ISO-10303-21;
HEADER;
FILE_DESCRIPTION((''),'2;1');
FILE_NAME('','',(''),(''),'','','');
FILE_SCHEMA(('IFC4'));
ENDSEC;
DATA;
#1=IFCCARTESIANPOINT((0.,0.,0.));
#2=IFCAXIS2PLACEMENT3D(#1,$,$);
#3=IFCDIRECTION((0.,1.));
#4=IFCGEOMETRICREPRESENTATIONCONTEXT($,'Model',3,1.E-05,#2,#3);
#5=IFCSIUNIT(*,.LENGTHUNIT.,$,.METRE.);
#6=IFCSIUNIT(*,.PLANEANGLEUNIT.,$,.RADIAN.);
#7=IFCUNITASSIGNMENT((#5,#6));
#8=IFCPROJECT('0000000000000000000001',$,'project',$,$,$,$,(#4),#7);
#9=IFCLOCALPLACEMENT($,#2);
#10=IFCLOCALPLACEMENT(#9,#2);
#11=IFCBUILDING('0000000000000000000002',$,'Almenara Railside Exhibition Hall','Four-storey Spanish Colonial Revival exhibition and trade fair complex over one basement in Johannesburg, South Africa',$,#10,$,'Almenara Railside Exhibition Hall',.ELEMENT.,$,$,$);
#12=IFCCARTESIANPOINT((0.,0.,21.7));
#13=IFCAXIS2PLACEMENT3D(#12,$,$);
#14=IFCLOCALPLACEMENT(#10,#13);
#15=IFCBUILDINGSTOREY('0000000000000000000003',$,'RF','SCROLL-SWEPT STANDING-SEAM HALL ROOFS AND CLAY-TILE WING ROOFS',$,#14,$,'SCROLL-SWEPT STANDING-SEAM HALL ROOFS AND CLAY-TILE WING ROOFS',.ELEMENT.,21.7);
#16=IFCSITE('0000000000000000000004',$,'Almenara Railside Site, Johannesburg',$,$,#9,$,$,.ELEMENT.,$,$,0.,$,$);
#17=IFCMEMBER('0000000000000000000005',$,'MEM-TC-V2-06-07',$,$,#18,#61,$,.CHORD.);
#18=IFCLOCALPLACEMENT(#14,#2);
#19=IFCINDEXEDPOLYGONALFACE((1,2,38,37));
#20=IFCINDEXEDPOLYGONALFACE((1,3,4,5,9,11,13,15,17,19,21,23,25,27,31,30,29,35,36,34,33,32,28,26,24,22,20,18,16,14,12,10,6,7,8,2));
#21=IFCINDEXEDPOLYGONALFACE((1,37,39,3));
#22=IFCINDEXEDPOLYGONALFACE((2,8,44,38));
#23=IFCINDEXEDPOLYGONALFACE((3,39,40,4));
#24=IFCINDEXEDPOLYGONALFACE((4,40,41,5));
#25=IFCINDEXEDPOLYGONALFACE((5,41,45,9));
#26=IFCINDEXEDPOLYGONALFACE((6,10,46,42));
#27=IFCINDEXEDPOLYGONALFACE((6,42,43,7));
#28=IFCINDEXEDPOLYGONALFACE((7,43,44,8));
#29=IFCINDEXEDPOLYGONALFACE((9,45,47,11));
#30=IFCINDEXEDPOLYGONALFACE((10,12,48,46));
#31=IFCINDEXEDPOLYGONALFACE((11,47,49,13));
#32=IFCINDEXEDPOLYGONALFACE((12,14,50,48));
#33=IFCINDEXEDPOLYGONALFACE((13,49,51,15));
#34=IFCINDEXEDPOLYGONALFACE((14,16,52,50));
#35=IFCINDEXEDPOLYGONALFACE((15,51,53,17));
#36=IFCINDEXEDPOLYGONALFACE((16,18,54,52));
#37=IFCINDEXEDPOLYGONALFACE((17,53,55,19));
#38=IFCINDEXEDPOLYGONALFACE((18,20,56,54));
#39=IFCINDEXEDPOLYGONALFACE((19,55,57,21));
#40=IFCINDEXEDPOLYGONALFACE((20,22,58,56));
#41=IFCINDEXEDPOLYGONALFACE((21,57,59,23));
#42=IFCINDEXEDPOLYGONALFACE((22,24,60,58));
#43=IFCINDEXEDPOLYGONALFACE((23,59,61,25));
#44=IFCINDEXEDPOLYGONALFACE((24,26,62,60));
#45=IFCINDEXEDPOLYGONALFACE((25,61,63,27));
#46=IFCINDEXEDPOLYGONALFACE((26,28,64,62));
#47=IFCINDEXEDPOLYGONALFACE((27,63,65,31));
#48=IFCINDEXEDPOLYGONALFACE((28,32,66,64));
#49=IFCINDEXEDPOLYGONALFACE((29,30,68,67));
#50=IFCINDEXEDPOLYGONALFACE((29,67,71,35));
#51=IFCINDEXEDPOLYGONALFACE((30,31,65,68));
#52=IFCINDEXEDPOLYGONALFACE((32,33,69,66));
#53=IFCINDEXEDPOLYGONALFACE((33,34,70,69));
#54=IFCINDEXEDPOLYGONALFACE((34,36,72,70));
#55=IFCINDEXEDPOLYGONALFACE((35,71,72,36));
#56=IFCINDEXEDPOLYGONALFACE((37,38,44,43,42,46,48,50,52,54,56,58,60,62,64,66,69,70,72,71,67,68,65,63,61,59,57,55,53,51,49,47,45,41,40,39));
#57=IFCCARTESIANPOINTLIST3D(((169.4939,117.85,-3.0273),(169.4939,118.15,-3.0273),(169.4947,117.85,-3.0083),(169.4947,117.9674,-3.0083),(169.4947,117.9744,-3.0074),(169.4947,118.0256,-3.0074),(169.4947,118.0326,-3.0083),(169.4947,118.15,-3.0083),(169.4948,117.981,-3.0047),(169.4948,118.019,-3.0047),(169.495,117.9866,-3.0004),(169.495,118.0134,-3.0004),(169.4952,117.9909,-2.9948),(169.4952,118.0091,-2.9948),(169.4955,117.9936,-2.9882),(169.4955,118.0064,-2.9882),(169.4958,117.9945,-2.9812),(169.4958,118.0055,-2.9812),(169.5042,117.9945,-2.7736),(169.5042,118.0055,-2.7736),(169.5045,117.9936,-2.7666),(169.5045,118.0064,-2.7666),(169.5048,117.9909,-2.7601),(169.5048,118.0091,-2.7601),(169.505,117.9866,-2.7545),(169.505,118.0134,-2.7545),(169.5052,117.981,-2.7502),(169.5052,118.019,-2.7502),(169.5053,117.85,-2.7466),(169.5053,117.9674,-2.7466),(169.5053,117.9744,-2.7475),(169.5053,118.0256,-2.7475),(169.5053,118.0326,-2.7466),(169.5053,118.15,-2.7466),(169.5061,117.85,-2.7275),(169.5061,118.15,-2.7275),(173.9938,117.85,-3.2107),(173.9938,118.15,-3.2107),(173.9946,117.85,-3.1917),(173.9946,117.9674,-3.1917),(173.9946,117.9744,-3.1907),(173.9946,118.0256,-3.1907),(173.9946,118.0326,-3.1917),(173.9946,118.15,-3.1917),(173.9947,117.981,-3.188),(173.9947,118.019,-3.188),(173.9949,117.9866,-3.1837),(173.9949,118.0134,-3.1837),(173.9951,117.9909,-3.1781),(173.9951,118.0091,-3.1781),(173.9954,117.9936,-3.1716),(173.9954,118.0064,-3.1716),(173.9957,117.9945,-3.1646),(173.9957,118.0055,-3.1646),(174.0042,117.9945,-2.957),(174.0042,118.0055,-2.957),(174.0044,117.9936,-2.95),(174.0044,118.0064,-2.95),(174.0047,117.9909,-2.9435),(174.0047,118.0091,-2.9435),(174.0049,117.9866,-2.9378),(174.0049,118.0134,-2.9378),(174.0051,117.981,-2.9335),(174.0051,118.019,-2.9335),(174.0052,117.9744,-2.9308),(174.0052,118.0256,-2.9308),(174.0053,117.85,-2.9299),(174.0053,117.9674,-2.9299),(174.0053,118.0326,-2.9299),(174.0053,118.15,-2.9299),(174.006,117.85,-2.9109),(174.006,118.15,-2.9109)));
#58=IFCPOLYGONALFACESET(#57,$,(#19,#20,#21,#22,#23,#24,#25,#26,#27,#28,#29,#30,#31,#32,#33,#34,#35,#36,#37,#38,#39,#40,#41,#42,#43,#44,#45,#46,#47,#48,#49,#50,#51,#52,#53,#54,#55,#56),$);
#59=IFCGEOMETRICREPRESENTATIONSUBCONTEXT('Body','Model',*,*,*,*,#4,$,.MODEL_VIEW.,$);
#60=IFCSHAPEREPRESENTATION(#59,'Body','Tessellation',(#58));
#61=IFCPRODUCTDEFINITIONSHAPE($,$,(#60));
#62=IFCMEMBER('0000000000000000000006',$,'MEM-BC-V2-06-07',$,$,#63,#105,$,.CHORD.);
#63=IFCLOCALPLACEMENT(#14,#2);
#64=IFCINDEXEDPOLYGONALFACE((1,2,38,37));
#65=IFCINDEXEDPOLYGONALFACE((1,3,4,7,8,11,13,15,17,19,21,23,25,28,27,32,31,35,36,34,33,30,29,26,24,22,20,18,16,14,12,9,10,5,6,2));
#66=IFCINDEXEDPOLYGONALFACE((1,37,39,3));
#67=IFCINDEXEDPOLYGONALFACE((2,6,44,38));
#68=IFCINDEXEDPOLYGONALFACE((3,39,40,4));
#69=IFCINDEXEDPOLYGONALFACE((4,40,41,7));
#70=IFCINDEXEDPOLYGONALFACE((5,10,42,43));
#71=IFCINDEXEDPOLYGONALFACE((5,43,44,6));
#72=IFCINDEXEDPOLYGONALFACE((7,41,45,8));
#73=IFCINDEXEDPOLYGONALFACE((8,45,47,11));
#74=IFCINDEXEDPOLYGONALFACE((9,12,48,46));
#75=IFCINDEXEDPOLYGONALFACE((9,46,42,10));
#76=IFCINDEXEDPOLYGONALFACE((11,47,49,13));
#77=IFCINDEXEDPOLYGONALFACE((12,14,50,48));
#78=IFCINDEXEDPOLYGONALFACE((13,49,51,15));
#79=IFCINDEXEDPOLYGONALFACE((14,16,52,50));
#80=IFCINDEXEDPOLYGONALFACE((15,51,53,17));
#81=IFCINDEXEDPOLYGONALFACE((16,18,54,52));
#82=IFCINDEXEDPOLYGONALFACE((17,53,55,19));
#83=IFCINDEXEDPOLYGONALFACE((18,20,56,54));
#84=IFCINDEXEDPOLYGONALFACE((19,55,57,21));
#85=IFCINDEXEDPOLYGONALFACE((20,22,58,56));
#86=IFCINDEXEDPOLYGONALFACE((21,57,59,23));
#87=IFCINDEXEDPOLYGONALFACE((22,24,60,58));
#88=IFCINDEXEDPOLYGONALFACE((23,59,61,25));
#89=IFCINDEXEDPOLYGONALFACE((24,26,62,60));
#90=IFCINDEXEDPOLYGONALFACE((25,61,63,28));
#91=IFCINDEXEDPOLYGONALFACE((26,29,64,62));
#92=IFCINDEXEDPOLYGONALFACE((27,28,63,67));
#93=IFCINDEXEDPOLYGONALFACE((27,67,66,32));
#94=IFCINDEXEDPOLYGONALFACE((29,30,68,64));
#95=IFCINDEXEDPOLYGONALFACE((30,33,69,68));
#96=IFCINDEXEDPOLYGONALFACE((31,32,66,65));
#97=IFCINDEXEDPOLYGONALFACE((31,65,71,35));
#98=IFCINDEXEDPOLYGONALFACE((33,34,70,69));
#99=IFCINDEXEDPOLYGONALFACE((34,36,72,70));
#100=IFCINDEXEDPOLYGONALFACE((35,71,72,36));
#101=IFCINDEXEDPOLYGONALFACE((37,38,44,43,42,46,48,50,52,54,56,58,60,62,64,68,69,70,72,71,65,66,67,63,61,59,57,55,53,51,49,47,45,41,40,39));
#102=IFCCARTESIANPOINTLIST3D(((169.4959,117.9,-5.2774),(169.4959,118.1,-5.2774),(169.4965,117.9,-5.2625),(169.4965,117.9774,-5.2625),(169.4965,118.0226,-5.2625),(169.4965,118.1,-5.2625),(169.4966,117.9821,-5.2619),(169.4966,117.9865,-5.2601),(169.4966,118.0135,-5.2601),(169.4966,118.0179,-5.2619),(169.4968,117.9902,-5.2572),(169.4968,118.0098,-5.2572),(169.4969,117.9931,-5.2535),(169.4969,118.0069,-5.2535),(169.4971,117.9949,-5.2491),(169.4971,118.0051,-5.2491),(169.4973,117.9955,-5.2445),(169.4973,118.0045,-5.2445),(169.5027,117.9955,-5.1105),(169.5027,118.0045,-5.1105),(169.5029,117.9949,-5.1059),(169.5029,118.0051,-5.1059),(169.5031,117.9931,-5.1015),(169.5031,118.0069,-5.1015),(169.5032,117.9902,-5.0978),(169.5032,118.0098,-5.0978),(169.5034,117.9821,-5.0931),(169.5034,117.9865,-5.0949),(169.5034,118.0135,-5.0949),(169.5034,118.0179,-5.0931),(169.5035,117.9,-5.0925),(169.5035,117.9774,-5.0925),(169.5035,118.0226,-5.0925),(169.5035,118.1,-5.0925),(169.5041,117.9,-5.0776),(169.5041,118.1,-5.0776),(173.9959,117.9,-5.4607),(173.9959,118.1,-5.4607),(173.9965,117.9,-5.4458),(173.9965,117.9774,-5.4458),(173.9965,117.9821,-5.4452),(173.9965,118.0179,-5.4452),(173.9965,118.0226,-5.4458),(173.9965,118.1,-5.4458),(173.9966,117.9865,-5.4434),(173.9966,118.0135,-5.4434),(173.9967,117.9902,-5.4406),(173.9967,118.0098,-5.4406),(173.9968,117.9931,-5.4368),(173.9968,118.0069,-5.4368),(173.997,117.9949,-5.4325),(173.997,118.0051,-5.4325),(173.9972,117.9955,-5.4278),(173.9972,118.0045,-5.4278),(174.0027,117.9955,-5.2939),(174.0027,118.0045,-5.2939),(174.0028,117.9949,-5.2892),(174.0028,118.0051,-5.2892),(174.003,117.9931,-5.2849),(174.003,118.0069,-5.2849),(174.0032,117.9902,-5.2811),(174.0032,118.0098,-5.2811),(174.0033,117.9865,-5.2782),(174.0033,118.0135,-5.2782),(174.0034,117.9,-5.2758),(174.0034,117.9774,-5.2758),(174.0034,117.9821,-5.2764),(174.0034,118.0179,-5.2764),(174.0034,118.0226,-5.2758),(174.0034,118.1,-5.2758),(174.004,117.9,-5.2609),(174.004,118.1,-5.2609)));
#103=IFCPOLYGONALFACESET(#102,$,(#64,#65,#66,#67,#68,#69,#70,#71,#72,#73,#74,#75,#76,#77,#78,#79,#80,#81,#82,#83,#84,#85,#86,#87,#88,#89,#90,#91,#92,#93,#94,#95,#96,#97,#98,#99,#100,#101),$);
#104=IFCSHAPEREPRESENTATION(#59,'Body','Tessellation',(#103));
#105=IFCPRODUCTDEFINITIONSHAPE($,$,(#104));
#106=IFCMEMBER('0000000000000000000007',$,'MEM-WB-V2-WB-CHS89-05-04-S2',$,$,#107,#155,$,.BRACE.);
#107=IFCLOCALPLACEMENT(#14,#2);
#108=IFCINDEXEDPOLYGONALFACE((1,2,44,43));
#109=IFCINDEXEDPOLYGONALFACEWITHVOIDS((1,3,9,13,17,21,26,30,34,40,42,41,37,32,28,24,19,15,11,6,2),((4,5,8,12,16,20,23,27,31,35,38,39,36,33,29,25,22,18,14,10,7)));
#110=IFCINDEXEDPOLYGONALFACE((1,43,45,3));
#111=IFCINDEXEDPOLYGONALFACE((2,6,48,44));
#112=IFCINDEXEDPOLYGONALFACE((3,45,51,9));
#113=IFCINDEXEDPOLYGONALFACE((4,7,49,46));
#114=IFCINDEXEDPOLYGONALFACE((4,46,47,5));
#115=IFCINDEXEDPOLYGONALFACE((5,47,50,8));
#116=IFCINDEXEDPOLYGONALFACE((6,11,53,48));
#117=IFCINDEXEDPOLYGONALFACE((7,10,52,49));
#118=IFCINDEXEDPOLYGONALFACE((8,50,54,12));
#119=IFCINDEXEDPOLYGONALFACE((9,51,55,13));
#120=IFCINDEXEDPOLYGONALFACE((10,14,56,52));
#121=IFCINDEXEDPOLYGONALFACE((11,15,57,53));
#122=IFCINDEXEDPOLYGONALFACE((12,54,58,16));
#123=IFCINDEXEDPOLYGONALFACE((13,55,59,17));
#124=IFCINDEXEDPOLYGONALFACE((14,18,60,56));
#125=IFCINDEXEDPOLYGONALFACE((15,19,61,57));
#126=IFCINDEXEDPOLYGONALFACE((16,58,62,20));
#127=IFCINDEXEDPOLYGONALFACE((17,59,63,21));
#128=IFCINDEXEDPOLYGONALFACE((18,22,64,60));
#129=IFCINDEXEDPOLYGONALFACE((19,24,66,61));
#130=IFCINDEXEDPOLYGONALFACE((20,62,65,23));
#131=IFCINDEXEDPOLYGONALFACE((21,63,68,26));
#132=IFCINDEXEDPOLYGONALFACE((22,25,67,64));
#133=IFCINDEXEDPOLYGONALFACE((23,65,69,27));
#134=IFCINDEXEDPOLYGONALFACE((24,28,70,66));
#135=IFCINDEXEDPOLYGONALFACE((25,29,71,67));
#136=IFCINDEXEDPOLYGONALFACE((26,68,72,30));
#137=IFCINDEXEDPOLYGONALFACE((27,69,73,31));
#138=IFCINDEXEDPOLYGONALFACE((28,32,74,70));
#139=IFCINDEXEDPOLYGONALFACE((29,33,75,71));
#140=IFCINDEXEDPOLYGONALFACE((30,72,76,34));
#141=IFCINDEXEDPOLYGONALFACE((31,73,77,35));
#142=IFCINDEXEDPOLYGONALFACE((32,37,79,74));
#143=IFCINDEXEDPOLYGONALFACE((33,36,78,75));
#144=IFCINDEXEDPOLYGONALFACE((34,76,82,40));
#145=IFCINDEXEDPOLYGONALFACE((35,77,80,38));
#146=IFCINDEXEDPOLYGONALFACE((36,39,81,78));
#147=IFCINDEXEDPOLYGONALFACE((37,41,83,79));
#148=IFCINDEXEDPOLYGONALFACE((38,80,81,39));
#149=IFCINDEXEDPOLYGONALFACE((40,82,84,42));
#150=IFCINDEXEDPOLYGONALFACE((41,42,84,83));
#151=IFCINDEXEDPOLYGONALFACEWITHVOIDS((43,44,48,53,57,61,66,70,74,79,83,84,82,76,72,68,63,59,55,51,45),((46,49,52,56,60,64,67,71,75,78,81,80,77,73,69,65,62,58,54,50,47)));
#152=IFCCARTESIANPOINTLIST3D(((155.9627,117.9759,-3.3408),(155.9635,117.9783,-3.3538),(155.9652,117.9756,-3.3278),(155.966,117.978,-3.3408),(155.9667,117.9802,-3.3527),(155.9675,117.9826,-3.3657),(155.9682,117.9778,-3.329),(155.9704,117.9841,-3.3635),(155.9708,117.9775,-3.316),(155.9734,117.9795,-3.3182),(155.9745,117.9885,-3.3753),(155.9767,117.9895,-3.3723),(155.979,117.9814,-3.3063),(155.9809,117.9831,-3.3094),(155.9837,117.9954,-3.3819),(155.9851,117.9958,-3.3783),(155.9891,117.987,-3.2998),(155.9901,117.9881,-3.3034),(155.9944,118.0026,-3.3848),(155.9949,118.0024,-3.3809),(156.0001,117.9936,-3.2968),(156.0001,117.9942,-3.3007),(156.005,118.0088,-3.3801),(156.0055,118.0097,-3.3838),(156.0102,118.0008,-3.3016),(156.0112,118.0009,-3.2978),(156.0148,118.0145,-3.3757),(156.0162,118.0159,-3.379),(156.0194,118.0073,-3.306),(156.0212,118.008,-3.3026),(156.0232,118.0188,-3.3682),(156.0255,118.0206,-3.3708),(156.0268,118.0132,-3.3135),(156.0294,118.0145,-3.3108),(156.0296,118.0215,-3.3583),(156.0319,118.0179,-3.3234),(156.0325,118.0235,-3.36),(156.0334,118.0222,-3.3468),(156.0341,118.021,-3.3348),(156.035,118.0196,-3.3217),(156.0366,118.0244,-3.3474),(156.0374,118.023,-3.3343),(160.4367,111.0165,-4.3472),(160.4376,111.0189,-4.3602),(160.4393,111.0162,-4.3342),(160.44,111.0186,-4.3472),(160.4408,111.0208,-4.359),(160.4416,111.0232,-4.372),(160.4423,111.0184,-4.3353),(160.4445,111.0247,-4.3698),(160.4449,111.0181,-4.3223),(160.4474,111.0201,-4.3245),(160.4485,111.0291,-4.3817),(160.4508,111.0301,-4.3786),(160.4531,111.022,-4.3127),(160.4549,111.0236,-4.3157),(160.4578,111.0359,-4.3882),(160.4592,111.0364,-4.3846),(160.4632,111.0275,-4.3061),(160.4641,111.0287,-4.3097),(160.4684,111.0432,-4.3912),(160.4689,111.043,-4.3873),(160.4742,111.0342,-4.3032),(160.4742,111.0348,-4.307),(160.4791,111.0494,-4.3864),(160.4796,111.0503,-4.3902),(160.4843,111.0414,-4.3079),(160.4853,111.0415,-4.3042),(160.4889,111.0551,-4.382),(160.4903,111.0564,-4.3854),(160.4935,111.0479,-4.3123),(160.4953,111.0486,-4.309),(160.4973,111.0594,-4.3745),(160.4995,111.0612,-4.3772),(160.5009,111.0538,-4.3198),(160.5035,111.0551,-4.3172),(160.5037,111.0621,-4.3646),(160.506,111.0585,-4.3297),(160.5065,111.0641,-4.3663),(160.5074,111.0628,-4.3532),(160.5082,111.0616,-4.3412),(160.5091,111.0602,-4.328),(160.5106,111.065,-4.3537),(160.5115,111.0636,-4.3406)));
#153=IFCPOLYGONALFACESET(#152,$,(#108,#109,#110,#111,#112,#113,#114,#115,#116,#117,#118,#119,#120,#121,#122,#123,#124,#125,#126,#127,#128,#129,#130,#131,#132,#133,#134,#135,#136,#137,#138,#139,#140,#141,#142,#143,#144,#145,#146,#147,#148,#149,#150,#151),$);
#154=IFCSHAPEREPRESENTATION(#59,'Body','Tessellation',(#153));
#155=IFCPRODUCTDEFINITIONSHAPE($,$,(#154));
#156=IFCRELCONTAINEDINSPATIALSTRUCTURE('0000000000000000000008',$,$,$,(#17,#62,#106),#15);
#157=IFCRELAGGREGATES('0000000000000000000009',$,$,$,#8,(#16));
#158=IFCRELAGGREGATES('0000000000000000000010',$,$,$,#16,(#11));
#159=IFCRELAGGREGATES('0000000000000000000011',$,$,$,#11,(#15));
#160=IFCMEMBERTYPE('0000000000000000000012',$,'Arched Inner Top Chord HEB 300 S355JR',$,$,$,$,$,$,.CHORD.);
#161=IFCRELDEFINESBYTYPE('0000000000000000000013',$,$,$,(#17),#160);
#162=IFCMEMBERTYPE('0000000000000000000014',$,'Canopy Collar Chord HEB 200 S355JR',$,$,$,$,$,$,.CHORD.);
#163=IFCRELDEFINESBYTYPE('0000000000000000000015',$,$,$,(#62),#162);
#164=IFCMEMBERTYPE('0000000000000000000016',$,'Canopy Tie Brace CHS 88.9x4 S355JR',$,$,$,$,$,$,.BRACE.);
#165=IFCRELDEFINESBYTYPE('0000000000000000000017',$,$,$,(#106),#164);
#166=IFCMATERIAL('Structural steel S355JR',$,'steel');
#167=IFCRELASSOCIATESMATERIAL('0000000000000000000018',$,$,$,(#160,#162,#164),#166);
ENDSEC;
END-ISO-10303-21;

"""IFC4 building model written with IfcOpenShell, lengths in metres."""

from ifc_helpers import new_model, si_unit, direction, frame, origin, origin_2d, place, context, subcontext, project, spatial, hollow_circle, i_section, extrude, material, material_profile, profile_set, type_object, element, save


model = new_model("IFC4")

# Units and contexts
model_context = context("Model", 3, precision=1e-05, world=origin(), true_north=direction((0.0, 1.0)))
body_context = subcontext(model_context, "Body", "Model", "MODEL_VIEW")
ifc_project = project(units=[si_unit("LENGTHUNIT", "METRE"), si_unit("PLANEANGLEUNIT", "RADIAN")], contexts=[model_context])

# Site, building, storey
site_placement = place(None, origin())
site = spatial("IfcSite", under=ifc_project, at=site_placement, Name="Almenara Railside Site, Johannesburg", CompositionType="ELEMENT", RefElevation=0.0)
building_placement = place(site_placement, origin())
building = spatial("IfcBuilding", under=site, at=building_placement, Name="Almenara Railside Exhibition Hall", Description="Four-storey Spanish Colonial Revival exhibition and trade fair complex over one basement in Johannesburg, South Africa", LongName="Almenara Railside Exhibition Hall", CompositionType="ELEMENT")
storey_placement = place(building_placement, frame((0.0, 0.0, 21.7)))
storey = spatial("IfcBuildingStorey", under=building, at=storey_placement, Name="RF", Description="SCROLL-SWEPT STANDING-SEAM HALL ROOFS AND CLAY-TILE WING ROOFS", LongName="SCROLL-SWEPT STANDING-SEAM HALL ROOFS AND CLAY-TILE WING ROOFS", CompositionType="ELEMENT", Elevation=21.7)

# Members
ifc_material_1 = material(Name="Structural steel S355JR", Category="steel")
ifc_material_profile_1 = material_profile(ifc_material_1, i_section(OverallWidth=0.3, OverallDepth=0.3, WebThickness=0.011, FlangeThickness=0.019, FilletRadius=0.0271, at=origin_2d()), Name="HEB 300")
ifc_profile_set_1 = profile_set([ifc_material_profile_1], Name="Structural steel S355JR")
member_type_1 = type_object("IfcMemberType", Name="Arched Inner Top Chord HEB 300 S355JR", PredefinedType="CHORD", material=ifc_profile_set_1)
member_1_placement = place(storey_placement, frame((169.5, 118.0, -2.8774), z_axis=(0.999171, 0.0, -0.040711), x_axis=(0.0, 1.0, 0.0)))
element("IfcMember", 1, at=member_1_placement, inside=storey, type_object=member_type_1, Name="MEM-TC-V2-06-07", PredefinedType="CHORD", context=body_context, shape_type="SweptSolid", body=[
    extrude(i_section(OverallWidth=0.3, OverallDepth=0.3, WebThickness=0.011, FlangeThickness=0.019, FilletRadius=0.0271, at=origin_2d()), origin(), (0.0, 0.0, 1.0), 4.5037),
])
ifc_material_profile_2 = material_profile(ifc_material_1, i_section(OverallWidth=0.2, OverallDepth=0.2, WebThickness=0.009, FlangeThickness=0.0149, FilletRadius=0.0181, at=origin_2d()), Name="HEB 200")
ifc_profile_set_2 = profile_set([ifc_material_profile_2], Name="Structural steel S355JR")
member_type_2 = type_object("IfcMemberType", Name="Canopy Collar Chord HEB 200 S355JR", PredefinedType="CHORD", material=ifc_profile_set_2)
member_2_placement = place(storey_placement, frame((169.5, 118.0, -5.1775), z_axis=(0.999171, 0.0, -0.040711), x_axis=(0.0, 1.0, 0.0)))
element("IfcMember", 2, at=member_2_placement, inside=storey, type_object=member_type_2, Name="MEM-BC-V2-06-07", PredefinedType="CHORD", context=body_context, shape_type="SweptSolid", body=[
    extrude(i_section(OverallWidth=0.2, OverallDepth=0.2, WebThickness=0.009, FlangeThickness=0.0149, FilletRadius=0.0181, at=origin_2d()), origin(), (0.0, 0.0, 1.0), 4.5037),
])
ifc_material_profile_3 = material_profile(ifc_material_1, hollow_circle(Radius=0.0444, WallThickness=0.0039, at=origin_2d()), Name="CHS 88.9x4")
ifc_profile_set_3 = profile_set([ifc_material_profile_3], Name="Structural steel S355JR")
member_type_3 = type_object("IfcMemberType", Name="Canopy Tie Brace CHS 88.9x4 S355JR", PredefinedType="BRACE", material=ifc_profile_set_3)
member_3_placement = place(storey_placement, frame((160.4741, 111.0405, -4.3472), z_axis=(-0.536816, 0.835015, 0.120744), x_axis=(-0.841169, -0.540773, 0.0)))
element("IfcMember", 3, at=member_3_placement, inside=storey, type_object=member_type_3, Name="MEM-WB-V2-WB-CHS89-05-04-S2", PredefinedType="BRACE", context=body_context, shape_type="SweptSolid", body=[
    extrude(hollow_circle(Radius=0.0444, WallThickness=0.0039, at=origin_2d()), origin(), (0.0, 0.0, 1.0), 8.3345),
])

save(model, "model.ifc")
